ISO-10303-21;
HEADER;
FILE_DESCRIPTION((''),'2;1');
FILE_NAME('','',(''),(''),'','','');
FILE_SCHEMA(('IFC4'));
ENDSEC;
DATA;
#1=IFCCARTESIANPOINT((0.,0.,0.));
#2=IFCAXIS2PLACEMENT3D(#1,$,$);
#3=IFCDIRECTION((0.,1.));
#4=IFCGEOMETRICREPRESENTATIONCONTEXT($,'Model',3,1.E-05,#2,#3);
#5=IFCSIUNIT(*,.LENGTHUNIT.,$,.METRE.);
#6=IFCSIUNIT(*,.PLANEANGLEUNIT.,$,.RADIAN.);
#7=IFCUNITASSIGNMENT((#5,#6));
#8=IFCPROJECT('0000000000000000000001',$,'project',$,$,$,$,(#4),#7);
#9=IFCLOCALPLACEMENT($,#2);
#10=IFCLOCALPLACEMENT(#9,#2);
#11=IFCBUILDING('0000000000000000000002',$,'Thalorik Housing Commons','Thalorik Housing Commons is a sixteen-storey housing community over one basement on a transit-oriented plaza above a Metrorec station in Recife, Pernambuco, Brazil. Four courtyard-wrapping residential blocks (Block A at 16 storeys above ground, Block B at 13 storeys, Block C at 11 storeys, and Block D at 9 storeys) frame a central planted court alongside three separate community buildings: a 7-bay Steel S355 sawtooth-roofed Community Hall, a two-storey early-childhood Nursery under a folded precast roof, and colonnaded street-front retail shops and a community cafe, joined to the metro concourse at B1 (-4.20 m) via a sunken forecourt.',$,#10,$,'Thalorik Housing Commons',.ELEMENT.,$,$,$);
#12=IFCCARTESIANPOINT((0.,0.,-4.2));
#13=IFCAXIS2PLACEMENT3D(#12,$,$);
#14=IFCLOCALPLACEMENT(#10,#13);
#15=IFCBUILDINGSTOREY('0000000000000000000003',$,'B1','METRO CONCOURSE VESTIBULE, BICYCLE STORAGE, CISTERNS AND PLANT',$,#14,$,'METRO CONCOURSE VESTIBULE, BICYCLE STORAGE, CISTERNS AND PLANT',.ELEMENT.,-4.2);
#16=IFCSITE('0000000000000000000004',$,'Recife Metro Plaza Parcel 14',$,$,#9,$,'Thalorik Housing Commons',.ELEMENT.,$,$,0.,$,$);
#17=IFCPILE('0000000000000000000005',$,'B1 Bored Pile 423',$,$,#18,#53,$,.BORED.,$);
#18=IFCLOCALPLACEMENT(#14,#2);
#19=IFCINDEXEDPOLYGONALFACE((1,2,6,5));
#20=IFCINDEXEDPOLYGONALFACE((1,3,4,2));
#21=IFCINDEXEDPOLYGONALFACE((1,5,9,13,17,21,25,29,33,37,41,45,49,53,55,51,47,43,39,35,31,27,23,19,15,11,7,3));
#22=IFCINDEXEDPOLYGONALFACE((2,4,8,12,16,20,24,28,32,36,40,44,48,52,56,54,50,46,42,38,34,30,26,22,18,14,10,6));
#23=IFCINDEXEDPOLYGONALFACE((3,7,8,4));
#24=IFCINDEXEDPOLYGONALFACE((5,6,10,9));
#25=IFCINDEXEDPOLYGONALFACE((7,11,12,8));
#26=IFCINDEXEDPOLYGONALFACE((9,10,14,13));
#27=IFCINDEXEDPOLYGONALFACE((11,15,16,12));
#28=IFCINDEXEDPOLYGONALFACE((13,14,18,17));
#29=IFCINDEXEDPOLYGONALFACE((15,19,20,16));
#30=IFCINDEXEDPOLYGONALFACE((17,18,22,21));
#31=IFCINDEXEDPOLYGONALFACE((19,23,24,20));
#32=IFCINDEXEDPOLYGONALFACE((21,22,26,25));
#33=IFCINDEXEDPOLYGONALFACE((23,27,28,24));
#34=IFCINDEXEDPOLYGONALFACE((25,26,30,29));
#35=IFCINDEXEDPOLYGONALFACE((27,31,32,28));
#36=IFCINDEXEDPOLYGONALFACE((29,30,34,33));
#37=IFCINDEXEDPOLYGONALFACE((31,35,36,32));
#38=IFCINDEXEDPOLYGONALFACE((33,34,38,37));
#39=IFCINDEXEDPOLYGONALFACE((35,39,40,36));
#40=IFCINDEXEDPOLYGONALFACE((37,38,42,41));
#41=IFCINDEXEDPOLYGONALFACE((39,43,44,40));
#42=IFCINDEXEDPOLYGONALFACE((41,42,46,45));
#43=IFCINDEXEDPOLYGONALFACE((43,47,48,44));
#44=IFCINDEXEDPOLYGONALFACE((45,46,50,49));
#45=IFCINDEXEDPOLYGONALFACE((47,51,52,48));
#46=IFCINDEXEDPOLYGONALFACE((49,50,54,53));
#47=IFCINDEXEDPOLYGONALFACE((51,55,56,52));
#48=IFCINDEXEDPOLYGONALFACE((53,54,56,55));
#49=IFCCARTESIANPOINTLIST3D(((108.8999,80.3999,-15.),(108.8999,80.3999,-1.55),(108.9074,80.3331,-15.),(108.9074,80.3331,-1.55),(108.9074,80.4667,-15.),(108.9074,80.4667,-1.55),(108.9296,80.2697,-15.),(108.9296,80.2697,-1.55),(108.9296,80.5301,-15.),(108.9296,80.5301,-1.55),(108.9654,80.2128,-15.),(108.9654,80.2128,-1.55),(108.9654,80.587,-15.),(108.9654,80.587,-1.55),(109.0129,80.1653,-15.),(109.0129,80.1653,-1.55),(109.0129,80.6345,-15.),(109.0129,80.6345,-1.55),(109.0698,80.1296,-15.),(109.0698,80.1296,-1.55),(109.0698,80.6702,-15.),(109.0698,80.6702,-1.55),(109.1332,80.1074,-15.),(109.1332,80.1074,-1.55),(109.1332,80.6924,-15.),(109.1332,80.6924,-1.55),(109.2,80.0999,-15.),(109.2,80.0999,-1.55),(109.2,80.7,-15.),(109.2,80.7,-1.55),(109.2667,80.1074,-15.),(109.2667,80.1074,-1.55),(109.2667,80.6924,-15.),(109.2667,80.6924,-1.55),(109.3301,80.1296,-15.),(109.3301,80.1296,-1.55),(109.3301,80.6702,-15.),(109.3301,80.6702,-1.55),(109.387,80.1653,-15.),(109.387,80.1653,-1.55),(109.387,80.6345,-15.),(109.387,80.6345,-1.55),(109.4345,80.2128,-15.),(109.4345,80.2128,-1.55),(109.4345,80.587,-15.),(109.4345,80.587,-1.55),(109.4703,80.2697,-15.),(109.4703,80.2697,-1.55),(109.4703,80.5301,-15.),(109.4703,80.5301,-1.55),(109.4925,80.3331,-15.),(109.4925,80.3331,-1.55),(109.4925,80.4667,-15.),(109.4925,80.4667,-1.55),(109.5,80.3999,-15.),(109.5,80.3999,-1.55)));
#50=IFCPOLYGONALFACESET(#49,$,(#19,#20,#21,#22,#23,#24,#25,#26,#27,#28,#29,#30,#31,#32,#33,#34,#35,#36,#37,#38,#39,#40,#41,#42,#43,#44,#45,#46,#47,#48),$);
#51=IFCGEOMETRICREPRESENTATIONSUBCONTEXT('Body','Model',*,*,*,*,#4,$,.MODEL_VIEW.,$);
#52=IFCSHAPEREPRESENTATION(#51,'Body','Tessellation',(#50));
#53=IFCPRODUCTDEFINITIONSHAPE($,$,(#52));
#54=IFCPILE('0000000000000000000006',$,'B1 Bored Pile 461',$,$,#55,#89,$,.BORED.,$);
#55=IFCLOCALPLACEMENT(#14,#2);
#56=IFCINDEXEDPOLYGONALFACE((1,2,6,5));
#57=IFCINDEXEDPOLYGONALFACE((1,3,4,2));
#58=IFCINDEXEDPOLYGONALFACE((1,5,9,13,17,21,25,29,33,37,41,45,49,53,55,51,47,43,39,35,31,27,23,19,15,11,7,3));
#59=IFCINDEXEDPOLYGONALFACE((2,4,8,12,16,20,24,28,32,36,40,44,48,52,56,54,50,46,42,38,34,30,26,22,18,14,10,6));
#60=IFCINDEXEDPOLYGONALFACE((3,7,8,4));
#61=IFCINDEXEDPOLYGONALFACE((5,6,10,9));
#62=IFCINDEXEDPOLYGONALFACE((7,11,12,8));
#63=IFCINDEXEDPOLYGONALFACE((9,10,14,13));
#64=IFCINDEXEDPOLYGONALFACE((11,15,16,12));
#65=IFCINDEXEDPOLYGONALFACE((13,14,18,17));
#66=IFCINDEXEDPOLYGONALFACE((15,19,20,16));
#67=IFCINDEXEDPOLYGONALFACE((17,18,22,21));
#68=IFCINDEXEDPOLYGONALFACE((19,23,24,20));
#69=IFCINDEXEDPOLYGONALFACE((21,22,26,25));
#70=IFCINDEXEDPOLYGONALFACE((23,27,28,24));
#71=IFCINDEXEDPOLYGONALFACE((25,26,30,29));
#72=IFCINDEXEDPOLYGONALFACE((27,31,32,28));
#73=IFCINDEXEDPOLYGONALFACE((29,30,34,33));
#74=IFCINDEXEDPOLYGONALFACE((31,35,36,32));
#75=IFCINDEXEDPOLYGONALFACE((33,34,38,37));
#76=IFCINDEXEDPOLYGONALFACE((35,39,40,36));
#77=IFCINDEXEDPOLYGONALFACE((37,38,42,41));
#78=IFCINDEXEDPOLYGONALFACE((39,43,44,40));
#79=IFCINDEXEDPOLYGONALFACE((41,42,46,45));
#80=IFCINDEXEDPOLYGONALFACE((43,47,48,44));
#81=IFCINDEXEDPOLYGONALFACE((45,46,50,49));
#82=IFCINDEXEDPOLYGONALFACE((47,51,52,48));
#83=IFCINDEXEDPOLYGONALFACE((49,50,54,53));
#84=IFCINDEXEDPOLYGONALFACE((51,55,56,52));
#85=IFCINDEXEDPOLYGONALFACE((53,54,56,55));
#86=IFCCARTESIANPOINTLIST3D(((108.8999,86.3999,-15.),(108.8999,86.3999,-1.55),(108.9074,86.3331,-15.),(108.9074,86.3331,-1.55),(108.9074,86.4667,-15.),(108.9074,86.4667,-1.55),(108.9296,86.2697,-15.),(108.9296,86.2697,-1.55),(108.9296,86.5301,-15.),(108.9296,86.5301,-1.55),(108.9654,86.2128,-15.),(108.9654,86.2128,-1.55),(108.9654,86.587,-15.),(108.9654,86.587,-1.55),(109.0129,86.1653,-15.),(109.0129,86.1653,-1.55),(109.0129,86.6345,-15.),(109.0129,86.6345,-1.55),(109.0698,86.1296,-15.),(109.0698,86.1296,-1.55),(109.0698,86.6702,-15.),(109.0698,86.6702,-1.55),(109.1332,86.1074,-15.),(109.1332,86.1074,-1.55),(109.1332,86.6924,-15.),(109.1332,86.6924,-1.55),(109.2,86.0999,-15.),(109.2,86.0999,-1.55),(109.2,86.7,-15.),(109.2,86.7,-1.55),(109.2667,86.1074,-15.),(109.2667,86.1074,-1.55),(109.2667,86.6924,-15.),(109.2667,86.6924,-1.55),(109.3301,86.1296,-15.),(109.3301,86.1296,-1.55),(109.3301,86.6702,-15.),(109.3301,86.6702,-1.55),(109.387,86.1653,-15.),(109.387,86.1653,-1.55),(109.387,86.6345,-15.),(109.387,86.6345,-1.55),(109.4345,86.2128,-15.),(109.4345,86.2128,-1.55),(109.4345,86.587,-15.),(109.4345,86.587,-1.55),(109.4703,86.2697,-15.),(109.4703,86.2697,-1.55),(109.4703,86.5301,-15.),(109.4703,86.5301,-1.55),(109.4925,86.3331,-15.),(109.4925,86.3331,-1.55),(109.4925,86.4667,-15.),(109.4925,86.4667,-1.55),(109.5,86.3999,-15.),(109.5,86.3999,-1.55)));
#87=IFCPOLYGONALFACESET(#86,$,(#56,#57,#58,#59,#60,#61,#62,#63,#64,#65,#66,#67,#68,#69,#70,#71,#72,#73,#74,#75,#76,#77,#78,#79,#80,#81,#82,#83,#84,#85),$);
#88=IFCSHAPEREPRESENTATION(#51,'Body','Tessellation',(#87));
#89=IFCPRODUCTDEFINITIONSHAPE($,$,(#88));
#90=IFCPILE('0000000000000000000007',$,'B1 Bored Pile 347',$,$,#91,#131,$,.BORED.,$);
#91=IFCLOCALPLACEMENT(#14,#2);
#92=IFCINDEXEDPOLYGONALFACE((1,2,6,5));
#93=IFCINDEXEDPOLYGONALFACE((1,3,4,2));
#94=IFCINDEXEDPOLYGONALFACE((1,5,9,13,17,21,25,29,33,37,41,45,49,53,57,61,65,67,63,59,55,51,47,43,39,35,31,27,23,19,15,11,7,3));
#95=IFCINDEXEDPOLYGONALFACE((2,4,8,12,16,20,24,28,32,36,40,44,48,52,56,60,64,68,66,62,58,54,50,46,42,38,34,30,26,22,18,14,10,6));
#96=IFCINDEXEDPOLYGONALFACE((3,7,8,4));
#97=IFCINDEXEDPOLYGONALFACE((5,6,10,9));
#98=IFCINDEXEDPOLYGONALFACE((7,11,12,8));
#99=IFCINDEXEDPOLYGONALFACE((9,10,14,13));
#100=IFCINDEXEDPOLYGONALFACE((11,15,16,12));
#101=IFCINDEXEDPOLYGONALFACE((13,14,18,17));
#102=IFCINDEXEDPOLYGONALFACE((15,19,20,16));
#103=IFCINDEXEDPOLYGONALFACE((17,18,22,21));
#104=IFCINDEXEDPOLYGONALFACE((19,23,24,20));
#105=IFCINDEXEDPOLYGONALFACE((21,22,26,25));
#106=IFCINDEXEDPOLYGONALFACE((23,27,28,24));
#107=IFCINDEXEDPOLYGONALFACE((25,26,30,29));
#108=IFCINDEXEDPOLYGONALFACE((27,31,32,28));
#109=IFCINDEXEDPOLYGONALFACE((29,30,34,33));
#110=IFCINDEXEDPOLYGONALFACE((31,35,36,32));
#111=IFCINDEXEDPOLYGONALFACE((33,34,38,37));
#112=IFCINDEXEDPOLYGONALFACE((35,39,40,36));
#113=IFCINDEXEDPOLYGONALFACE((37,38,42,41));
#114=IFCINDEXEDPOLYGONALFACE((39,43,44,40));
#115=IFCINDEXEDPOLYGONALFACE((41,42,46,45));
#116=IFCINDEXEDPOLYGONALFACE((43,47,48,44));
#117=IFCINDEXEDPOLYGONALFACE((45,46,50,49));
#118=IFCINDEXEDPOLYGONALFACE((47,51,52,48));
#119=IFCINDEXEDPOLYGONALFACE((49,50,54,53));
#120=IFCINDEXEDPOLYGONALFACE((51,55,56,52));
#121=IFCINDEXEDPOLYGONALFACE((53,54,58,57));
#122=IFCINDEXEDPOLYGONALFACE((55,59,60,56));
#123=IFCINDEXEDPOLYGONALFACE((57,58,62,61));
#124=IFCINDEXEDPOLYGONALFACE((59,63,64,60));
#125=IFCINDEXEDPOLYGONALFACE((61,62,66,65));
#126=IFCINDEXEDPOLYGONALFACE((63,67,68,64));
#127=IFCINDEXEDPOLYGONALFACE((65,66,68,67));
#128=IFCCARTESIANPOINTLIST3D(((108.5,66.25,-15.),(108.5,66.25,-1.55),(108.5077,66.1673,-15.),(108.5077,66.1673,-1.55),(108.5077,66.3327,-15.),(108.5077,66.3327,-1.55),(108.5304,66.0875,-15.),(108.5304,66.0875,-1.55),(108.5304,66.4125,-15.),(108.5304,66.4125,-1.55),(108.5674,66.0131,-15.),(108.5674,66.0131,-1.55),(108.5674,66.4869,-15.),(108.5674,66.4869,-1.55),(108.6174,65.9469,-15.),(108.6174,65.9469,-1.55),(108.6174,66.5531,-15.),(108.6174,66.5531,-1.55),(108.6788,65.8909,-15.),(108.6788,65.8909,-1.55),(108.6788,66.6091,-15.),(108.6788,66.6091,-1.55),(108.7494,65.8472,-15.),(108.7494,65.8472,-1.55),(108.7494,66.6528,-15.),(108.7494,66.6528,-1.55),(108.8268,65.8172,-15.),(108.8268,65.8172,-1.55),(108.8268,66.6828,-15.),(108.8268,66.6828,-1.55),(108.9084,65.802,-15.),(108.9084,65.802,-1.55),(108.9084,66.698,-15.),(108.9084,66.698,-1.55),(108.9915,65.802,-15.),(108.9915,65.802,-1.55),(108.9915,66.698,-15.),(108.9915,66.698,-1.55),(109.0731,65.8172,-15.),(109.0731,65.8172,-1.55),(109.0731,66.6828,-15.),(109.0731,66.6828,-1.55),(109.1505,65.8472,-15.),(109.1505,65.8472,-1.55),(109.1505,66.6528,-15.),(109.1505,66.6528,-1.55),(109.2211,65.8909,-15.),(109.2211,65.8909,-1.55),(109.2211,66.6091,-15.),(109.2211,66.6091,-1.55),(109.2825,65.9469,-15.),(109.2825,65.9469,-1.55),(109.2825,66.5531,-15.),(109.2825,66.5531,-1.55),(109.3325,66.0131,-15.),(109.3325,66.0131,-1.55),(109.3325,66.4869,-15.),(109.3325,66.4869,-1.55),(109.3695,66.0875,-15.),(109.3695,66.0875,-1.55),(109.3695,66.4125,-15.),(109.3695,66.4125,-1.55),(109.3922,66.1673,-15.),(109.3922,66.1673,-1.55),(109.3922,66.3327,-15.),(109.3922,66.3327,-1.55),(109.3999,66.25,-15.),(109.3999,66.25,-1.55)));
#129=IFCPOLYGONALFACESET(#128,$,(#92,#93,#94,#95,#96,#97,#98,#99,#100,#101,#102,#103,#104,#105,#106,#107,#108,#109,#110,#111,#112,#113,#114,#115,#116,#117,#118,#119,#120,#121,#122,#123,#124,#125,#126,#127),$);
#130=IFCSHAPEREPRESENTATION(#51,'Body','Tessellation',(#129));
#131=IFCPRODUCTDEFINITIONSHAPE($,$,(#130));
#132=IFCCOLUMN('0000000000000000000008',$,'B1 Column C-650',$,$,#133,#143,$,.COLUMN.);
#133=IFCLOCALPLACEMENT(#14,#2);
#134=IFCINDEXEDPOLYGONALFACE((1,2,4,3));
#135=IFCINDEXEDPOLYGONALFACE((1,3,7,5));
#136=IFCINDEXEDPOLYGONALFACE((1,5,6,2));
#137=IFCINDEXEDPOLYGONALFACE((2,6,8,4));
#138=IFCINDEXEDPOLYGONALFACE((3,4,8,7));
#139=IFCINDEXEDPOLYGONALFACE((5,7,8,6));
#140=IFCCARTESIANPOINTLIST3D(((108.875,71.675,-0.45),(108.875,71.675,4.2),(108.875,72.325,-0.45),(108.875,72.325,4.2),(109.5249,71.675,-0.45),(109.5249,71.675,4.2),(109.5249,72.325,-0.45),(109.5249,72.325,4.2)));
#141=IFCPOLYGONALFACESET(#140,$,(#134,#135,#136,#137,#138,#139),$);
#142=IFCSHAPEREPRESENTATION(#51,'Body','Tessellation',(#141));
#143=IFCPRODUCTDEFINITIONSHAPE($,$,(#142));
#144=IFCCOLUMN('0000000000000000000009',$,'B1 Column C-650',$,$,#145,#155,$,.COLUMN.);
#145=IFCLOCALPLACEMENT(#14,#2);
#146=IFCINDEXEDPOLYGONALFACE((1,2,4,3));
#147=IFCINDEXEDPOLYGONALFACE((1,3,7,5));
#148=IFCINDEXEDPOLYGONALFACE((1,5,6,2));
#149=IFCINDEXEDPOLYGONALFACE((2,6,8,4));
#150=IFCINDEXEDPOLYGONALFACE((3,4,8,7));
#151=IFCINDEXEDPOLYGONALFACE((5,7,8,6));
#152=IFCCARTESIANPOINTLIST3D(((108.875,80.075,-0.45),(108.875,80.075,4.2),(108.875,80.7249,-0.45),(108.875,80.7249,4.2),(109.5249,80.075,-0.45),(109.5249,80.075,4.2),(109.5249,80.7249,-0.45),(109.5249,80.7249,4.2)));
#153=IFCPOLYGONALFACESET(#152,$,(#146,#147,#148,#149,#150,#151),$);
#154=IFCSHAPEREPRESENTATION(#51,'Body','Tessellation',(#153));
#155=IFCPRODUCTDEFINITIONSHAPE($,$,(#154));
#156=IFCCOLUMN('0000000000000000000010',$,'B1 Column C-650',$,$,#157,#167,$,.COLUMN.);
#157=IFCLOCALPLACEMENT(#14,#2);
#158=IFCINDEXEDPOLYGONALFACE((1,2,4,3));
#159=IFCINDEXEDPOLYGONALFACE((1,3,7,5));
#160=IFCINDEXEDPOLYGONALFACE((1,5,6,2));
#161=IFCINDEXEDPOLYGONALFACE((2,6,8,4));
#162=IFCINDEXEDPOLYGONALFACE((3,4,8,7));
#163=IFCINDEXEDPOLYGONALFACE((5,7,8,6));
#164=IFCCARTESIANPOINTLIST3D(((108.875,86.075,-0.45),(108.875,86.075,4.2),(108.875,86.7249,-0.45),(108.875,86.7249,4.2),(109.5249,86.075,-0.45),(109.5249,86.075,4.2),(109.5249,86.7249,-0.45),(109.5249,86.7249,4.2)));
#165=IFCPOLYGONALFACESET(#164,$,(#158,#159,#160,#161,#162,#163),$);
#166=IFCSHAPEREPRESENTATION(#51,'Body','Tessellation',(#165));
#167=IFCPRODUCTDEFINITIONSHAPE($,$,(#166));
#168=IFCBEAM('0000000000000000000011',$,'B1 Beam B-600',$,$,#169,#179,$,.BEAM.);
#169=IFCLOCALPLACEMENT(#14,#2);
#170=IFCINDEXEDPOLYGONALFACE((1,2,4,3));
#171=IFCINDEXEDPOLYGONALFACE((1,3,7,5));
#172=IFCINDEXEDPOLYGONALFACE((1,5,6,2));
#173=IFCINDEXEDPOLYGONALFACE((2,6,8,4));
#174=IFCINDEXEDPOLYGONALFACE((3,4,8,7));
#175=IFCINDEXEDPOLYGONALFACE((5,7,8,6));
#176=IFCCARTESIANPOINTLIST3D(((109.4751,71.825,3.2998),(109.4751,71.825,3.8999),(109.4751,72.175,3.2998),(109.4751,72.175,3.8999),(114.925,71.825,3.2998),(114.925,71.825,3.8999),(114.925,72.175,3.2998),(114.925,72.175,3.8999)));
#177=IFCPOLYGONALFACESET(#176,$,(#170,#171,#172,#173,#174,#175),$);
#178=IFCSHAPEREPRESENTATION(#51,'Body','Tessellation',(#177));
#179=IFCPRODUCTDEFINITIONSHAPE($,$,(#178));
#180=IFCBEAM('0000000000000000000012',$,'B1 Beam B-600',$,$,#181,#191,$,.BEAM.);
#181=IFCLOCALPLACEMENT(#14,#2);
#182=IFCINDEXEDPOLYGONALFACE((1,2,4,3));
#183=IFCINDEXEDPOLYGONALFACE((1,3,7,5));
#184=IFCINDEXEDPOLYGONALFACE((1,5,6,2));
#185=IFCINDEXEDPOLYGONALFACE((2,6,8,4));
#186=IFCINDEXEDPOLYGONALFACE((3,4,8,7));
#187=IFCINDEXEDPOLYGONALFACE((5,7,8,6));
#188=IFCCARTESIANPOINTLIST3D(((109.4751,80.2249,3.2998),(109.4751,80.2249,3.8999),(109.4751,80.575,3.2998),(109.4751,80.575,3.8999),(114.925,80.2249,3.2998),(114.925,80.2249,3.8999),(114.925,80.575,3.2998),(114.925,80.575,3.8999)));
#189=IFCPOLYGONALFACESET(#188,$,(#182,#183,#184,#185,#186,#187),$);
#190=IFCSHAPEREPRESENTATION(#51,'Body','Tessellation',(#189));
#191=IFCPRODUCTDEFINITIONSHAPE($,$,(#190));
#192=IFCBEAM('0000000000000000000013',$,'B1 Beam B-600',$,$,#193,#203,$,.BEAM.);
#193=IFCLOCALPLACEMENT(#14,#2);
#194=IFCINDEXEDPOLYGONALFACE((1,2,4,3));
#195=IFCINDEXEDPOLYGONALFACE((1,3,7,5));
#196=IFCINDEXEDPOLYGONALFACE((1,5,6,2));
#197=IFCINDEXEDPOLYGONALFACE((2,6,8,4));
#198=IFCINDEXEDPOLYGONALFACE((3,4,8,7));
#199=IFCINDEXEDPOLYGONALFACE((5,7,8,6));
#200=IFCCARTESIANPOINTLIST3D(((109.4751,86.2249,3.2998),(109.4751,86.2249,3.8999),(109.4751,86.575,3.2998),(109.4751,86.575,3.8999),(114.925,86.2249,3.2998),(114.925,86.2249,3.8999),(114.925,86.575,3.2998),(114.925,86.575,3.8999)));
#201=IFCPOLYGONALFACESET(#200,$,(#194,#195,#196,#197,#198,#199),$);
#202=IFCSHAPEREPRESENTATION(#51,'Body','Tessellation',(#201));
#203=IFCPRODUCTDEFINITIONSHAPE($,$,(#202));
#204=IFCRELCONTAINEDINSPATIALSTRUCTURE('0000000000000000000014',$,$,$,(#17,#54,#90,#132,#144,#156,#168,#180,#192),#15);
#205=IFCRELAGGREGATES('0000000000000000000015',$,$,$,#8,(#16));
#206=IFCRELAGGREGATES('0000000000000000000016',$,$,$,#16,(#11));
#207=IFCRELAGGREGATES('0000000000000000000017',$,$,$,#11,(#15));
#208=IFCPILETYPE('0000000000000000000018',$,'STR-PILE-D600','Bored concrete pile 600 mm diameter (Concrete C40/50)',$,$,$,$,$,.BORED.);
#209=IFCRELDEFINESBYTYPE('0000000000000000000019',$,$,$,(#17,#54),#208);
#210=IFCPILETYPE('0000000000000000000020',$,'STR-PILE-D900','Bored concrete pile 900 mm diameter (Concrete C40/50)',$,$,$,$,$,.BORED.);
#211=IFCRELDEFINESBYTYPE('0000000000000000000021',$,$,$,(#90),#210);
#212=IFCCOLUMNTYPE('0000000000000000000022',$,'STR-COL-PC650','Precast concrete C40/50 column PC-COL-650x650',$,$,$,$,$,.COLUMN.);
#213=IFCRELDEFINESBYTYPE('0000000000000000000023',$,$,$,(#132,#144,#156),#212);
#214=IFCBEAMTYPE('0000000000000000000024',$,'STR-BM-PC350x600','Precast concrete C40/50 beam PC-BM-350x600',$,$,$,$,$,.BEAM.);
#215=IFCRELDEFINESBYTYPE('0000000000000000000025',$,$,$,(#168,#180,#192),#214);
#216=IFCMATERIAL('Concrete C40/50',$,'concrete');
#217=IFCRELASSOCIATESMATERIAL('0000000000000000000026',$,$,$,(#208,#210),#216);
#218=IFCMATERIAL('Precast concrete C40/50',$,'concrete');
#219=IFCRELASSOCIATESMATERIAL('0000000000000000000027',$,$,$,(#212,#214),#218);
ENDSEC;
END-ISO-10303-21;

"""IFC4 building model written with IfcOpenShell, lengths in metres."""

from ifc_helpers import new_model, si_unit, direction, frame, origin, origin_2d, place, context, subcontext, project, spatial, rectangle, circle, extrude, material, material_profile, profile_set, type_object, element, save


model = new_model("IFC4")

# Units and contexts
model_context = context("Model", 3, precision=1e-05, world=origin(), true_north=direction((0.0, 1.0)))
body_context = subcontext(model_context, "Body", "Model", "MODEL_VIEW")
ifc_project = project(units=[si_unit("LENGTHUNIT", "METRE"), si_unit("PLANEANGLEUNIT", "RADIAN")], contexts=[model_context])

# Site, building, storey
site_placement = place(None, origin())
site = spatial("IfcSite", under=ifc_project, at=site_placement, Name="Recife Metro Plaza Parcel 14", LongName="Thalorik Housing Commons", CompositionType="ELEMENT", RefElevation=0.0)
building_placement = place(site_placement, origin())
building = spatial("IfcBuilding", under=site, at=building_placement, Name="Thalorik Housing Commons", Description="Thalorik Housing Commons is a sixteen-storey housing community over one basement on a transit-oriented plaza above a Metrorec station in Recife, Pernambuco, Brazil. Four courtyard-wrapping residential blocks (Block A at 16 storeys above ground, Block B at 13 storeys, Block C at 11 storeys, and Block D at 9 storeys) frame a central planted court alongside three separate community buildings: a 7-bay Steel S355 sawtooth-roofed Community Hall, a two-storey early-childhood Nursery under a folded precast roof, and colonnaded street-front retail shops and a community cafe, joined to the metro concourse at B1 (-4.20 m) via a sunken forecourt.", LongName="Thalorik Housing Commons", CompositionType="ELEMENT")
storey_placement = place(building_placement, frame((0.0, 0.0, -4.2)))
storey = spatial("IfcBuildingStorey", under=building, at=storey_placement, Name="B1", Description="METRO CONCOURSE VESTIBULE, BICYCLE STORAGE, CISTERNS AND PLANT", LongName="METRO CONCOURSE VESTIBULE, BICYCLE STORAGE, CISTERNS AND PLANT", CompositionType="ELEMENT", Elevation=-4.2)

# Shared definitions
ifc_material_1 = material(Name="Concrete C40/50", Category="concrete")

# Piles
ifc_material_profile_1 = material_profile(ifc_material_1, circle(Radius=0.3, at=origin_2d()), Name="BORED PILE D600", Category="concrete")
ifc_profile_set_1 = profile_set([ifc_material_profile_1], Name="Concrete C40/50")
pile_type_1 = type_object("IfcPileType", Name="STR-PILE-D600", Description="Bored concrete pile 600 mm diameter (Concrete C40/50)", PredefinedType="BORED", material=ifc_profile_set_1)
for number, where, z_axis, x_axis, name in (
    (1, (109.2, 80.3999, -1.55), (0.0, 0.0, -1.0), (1.0, 0.0, 0.0), "B1 Bored Pile 423"),
    (2, (109.2, 86.3999, -1.55), (0.0, 0.0, -1.0), (1.0, 0.0, 0.0), "B1 Bored Pile 461"),
):
    element("IfcPile", number, at=place(storey_placement, frame(where, z_axis=z_axis, x_axis=x_axis)), inside=storey, type_object=pile_type_1, Name=name, PredefinedType="BORED", context=body_context, shape_type="SweptSolid", body=[
        extrude(circle(Radius=0.3, at=origin_2d()), origin(), (0.0, 0.0, 1.0), 13.45),
    ])
ifc_material_profile_2 = material_profile(ifc_material_1, circle(Radius=0.45, at=origin_2d()), Name="BORED PILE D900", Category="concrete")
ifc_profile_set_2 = profile_set([ifc_material_profile_2], Name="Concrete C40/50")
pile_type_2 = type_object("IfcPileType", Name="STR-PILE-D900", Description="Bored concrete pile 900 mm diameter (Concrete C40/50)", PredefinedType="BORED", material=ifc_profile_set_2)
pile_placement = place(storey_placement, frame((108.95, 66.25, -1.55), z_axis=(0.0, 0.0, -1.0), x_axis=(1.0, 0.0, 0.0)))
element("IfcPile", 3, at=pile_placement, inside=storey, type_object=pile_type_2, Name="B1 Bored Pile 347", PredefinedType="BORED", context=body_context, shape_type="SweptSolid", body=[
    extrude(circle(Radius=0.45, at=origin_2d()), origin(), (0.0, 0.0, 1.0), 13.45),
])

# Columns
ifc_material_2 = material(Name="Precast concrete C40/50", Category="concrete")
ifc_material_profile_3 = material_profile(ifc_material_2, rectangle(XDim=0.6499, YDim=0.6499, at=origin_2d()), Name="PC 650x650", Category="concrete")
ifc_profile_set_3 = profile_set([ifc_material_profile_3], Name="Precast concrete C40/50")
column_type = type_object("IfcColumnType", Name="STR-COL-PC650", Description="Precast concrete C40/50 column PC-COL-650x650", PredefinedType="COLUMN", material=ifc_profile_set_3)
for number, where, z_axis, x_axis, name in (
    (4, (109.2, 72.0, -0.45), (0.0, 0.0, 1.0), (1.0, 0.0, 0.0), "B1 Column C-650"),
    (5, (109.2, 80.3999, -0.45), (0.0, 0.0, 1.0), (1.0, 0.0, 0.0), "B1 Column C-650"),
    (6, (109.2, 86.3999, -0.45), (0.0, 0.0, 1.0), (1.0, 0.0, 0.0), "B1 Column C-650"),
):
    element("IfcColumn", number, at=place(storey_placement, frame(where, z_axis=z_axis, x_axis=x_axis)), inside=storey, type_object=column_type, Name=name, PredefinedType="COLUMN", context=body_context, shape_type="SweptSolid", body=[
        extrude(rectangle(XDim=0.6499, YDim=0.6499, at=origin_2d()), origin(), (0.0, 0.0, 1.0), 4.6499),
    ])

# Beams
ifc_material_profile_4 = material_profile(ifc_material_2, rectangle(XDim=0.3501, YDim=0.6001, at=origin_2d()), Name="PC 350x600", Category="concrete")
ifc_profile_set_4 = profile_set([ifc_material_profile_4], Name="Precast concrete C40/50")
beam_type_1 = type_object("IfcBeamType", Name="STR-BM-PC350x600", Description="Precast concrete C40/50 beam PC-BM-350x600", PredefinedType="BEAM", material=ifc_profile_set_4)
for number, where, z_axis, x_axis, name in (
    (7, (109.4751, 72.0, 3.5999), (1.0, 0.0, 0.0), (0.0, 1.0, 0.0), "B1 Beam B-600"),
    (8, (109.4751, 80.3999, 3.5999), (1.0, 0.0, 0.0), (0.0, 1.0, 0.0), "B1 Beam B-600"),
    (9, (109.4751, 86.3999, 3.5999), (1.0, 0.0, 0.0), (0.0, 1.0, 0.0), "B1 Beam B-600"),
):
    element("IfcBeam", number, at=place(storey_placement, frame(where, z_axis=z_axis, x_axis=x_axis)), inside=storey, type_object=beam_type_1, Name=name, PredefinedType="BEAM", context=body_context, shape_type="SweptSolid", body=[
        extrude(rectangle(XDim=0.3501, YDim=0.6001, at=origin_2d()), origin(), (0.0, 0.0, 1.0), 5.45),
    ])

save(model, "model.ifc")
